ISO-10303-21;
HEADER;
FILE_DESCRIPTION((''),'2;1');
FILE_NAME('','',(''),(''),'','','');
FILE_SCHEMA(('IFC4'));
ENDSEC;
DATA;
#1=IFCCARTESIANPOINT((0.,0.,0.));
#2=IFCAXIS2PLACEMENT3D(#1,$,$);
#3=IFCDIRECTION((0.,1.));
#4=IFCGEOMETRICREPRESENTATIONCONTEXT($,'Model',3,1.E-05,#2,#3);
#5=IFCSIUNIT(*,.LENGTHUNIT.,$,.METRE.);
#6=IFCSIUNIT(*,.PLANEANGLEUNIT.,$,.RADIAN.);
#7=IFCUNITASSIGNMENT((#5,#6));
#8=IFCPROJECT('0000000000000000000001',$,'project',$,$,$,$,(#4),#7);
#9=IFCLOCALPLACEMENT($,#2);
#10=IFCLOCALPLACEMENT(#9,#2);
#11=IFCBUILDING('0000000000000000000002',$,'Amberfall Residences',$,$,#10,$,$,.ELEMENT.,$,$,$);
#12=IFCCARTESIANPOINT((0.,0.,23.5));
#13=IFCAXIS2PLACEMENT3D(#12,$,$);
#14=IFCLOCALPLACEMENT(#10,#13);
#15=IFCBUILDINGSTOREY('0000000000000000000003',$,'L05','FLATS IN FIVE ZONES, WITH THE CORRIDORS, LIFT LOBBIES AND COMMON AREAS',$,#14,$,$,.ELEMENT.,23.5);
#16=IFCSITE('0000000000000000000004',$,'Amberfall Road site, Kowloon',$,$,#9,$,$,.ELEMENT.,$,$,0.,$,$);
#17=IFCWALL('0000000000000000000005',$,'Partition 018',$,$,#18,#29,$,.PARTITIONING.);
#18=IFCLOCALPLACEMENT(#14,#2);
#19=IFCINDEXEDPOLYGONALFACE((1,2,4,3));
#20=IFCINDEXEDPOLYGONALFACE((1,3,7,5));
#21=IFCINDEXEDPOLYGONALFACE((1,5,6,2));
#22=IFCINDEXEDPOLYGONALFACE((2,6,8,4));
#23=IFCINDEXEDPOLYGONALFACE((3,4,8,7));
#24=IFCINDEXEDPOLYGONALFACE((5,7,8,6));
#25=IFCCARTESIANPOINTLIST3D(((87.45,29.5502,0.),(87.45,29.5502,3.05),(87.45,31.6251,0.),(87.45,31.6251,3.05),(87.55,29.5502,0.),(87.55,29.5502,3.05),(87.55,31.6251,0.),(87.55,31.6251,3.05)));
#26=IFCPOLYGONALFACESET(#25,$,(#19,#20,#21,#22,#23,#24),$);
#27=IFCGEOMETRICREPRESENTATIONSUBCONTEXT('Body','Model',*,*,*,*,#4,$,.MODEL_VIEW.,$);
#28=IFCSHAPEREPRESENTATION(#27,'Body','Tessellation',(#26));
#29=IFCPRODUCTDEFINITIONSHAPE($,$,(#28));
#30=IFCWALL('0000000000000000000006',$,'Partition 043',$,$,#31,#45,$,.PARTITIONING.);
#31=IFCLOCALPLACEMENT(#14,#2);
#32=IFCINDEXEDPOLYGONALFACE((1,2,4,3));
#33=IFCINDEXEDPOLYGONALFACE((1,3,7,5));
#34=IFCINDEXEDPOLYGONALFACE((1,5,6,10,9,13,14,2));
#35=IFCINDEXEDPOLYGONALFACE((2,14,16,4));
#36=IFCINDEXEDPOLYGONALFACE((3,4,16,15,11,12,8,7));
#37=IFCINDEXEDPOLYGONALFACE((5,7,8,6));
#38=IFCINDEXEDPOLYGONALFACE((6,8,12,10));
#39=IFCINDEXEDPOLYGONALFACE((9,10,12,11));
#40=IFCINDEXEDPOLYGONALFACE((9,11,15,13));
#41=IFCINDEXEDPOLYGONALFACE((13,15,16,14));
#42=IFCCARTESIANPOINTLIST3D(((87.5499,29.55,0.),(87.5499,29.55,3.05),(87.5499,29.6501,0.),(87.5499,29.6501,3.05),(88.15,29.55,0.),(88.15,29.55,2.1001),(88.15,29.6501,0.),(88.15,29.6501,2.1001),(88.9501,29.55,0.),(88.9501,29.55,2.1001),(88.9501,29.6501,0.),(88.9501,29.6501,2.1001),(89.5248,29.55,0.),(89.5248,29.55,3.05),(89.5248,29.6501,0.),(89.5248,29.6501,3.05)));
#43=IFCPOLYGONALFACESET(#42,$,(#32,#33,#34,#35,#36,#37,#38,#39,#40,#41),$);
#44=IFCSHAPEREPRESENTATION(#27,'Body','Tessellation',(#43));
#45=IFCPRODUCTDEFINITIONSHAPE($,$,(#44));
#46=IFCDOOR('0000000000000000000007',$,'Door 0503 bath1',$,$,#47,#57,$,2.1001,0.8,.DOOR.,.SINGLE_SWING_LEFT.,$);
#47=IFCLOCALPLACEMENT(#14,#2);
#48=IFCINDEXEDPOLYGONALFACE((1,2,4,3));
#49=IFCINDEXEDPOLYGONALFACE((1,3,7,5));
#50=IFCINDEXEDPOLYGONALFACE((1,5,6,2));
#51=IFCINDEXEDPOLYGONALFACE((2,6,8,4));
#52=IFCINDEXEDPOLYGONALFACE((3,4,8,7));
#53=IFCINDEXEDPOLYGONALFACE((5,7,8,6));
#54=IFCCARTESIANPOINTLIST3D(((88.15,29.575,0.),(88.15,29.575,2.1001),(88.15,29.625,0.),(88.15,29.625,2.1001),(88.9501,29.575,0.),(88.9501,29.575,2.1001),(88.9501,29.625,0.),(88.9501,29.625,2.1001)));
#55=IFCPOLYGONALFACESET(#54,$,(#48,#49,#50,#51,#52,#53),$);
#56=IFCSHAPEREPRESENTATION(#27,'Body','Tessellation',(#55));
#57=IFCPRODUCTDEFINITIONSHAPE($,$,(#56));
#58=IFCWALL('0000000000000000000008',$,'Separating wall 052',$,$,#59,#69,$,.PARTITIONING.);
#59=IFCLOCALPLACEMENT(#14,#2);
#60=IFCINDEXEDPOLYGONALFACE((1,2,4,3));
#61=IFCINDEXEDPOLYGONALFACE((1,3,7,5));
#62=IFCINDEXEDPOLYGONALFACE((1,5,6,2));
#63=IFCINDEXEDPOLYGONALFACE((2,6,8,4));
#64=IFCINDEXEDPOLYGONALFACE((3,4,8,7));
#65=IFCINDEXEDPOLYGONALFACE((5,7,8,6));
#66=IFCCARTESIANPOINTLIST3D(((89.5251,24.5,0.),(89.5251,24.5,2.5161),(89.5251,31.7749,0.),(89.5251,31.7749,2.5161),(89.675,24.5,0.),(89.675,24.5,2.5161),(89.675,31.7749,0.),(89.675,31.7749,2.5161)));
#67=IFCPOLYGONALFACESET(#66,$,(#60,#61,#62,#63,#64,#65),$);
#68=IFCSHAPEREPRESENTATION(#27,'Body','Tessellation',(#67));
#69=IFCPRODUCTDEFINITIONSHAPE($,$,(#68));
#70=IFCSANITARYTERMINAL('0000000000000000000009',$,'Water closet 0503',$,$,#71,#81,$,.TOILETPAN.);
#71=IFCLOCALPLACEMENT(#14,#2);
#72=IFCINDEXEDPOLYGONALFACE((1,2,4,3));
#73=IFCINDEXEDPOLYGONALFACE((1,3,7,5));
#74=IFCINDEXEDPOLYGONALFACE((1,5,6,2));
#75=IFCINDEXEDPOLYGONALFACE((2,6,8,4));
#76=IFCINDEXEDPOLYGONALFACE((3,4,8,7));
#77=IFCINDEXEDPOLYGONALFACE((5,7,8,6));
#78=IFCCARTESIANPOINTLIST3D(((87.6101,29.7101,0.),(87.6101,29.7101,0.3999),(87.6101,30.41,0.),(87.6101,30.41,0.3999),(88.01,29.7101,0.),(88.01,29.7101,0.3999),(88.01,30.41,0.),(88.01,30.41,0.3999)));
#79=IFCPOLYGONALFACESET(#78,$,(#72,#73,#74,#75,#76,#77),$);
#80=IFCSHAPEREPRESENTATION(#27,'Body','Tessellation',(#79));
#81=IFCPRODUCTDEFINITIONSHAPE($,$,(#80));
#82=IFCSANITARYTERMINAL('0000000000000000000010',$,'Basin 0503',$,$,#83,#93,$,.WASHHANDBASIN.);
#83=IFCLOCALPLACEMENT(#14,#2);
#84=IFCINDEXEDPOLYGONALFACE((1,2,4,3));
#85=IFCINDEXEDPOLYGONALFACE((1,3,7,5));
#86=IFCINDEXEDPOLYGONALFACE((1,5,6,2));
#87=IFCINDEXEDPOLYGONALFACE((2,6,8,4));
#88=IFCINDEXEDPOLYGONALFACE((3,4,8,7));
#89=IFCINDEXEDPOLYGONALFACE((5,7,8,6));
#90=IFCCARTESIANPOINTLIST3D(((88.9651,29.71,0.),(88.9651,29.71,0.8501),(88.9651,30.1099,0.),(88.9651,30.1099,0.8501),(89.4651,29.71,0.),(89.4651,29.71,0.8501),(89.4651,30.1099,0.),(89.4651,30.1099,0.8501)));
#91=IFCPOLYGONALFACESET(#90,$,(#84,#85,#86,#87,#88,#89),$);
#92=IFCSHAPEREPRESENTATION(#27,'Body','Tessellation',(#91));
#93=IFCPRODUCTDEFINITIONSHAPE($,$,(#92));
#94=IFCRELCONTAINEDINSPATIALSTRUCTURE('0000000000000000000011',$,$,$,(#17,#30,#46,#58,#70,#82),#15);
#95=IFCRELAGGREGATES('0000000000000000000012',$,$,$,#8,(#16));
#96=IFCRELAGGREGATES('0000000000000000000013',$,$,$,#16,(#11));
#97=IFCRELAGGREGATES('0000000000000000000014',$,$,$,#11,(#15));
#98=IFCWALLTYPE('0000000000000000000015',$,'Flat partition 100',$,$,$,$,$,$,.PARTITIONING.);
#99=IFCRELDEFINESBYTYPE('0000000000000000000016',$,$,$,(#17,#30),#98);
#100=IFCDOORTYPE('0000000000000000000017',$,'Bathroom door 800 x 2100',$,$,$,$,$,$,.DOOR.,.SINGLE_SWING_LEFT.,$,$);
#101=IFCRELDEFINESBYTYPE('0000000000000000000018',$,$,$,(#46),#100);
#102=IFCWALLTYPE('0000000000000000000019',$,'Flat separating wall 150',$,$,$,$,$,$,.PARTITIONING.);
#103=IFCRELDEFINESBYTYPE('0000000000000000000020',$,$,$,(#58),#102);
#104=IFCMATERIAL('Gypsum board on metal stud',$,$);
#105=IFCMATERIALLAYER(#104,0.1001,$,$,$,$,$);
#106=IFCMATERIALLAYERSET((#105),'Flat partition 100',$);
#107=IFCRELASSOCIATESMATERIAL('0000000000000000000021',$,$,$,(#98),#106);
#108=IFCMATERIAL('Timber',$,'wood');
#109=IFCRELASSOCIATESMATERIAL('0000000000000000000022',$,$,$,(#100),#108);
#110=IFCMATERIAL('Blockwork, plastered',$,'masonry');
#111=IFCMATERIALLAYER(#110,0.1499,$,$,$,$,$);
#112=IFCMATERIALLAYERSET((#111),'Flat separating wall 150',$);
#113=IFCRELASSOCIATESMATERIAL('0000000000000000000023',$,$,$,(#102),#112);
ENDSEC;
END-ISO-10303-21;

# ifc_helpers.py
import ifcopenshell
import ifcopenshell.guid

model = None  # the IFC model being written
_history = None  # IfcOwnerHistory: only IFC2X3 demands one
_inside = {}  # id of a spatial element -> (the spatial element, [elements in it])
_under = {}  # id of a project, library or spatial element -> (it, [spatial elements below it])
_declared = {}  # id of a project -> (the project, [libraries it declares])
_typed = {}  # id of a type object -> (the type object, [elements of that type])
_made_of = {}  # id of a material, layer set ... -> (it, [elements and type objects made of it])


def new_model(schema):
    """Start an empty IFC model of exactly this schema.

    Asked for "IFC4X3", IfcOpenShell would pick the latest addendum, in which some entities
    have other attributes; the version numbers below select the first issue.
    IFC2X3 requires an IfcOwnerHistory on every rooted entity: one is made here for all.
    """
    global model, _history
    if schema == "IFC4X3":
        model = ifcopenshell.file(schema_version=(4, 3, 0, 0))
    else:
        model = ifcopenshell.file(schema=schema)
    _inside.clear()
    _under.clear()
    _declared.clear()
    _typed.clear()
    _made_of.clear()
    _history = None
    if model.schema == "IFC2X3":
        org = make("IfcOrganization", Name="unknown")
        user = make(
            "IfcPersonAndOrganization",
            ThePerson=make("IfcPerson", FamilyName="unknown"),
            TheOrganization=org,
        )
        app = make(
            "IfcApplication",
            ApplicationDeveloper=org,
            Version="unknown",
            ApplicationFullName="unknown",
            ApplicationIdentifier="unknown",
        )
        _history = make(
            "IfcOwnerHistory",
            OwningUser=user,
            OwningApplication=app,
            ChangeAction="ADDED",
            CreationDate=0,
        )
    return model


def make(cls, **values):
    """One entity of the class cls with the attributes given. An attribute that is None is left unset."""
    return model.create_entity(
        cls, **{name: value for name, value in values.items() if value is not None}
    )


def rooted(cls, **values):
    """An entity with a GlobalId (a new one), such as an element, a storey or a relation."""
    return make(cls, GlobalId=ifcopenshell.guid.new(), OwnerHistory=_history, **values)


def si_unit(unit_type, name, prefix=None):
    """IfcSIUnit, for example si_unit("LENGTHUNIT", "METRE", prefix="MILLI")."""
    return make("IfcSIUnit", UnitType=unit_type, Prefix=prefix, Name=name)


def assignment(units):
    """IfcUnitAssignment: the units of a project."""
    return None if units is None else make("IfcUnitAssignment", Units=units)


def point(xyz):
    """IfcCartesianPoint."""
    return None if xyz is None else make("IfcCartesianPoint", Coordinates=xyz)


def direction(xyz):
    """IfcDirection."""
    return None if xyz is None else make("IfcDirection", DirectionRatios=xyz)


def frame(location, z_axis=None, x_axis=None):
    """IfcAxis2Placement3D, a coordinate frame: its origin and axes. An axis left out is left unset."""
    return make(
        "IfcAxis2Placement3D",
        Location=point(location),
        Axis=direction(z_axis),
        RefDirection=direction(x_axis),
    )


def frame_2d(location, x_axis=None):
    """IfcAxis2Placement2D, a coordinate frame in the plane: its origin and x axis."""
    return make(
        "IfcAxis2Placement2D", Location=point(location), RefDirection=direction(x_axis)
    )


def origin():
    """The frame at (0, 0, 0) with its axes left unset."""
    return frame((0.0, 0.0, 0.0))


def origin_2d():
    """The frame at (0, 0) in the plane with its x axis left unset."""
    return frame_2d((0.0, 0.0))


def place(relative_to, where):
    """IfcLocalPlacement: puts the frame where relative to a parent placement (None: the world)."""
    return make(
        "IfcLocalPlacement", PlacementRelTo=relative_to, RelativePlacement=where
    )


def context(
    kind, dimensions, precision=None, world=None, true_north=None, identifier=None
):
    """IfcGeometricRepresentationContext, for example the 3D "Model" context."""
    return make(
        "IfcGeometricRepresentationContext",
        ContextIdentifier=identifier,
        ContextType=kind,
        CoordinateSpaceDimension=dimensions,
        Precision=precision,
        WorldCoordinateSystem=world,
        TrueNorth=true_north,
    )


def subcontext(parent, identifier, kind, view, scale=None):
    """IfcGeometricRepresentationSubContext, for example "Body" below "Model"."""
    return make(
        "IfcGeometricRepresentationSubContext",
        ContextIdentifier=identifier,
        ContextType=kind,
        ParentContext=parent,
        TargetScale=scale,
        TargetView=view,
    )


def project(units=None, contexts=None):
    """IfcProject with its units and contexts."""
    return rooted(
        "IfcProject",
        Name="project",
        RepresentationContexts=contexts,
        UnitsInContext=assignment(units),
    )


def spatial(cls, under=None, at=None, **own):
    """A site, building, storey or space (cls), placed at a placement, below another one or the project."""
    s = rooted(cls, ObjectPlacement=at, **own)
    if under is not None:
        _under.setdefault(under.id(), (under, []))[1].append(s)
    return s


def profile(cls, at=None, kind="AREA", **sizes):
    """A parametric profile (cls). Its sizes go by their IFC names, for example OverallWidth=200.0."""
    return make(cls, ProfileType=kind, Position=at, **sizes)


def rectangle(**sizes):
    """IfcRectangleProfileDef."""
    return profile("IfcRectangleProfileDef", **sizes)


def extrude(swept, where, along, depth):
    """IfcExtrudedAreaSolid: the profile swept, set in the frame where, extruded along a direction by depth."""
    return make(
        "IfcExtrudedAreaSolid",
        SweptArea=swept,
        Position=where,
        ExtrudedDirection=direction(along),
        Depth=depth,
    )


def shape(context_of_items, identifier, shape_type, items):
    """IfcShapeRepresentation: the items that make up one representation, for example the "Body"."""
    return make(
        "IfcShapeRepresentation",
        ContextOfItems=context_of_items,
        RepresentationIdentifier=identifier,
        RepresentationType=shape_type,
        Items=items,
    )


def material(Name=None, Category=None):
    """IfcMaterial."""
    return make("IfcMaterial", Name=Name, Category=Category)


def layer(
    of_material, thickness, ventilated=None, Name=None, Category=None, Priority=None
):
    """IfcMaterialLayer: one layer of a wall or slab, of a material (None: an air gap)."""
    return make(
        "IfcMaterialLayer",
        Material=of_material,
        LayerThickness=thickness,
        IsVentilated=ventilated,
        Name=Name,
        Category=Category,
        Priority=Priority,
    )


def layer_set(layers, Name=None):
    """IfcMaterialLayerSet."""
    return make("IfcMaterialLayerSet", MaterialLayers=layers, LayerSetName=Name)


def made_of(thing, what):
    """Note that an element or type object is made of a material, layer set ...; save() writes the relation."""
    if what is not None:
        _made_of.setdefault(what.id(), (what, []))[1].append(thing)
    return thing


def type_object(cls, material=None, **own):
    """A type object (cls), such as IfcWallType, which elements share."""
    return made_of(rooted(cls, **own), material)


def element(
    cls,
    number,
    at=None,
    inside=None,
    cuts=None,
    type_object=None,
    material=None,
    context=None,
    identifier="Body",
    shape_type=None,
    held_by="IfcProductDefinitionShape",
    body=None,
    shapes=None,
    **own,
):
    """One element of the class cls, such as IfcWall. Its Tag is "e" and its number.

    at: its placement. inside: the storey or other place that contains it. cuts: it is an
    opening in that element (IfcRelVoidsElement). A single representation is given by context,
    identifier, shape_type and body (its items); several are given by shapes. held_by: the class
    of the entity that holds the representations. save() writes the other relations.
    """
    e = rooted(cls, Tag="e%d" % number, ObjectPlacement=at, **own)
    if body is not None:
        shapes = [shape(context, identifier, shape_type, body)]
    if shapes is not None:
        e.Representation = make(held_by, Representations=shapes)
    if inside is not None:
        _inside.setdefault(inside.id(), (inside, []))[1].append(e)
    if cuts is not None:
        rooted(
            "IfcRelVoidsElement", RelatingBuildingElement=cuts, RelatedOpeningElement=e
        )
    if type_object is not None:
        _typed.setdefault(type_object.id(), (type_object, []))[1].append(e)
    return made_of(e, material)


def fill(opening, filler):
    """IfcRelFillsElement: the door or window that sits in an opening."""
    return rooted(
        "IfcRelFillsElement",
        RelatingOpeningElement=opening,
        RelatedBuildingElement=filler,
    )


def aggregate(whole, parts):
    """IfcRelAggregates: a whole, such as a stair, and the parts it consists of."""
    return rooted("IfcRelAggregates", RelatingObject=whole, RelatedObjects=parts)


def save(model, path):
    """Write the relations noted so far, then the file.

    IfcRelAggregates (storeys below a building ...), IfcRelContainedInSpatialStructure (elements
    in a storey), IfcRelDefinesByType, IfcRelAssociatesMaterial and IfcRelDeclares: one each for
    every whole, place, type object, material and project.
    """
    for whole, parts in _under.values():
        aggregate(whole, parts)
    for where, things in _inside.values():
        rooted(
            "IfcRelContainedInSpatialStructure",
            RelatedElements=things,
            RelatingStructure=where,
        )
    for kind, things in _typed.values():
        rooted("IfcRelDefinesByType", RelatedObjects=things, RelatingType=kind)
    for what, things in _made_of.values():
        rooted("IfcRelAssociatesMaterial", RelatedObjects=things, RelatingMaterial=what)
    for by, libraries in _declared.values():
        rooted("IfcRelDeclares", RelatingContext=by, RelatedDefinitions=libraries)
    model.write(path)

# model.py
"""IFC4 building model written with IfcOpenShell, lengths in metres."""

from ifc_helpers import new_model, si_unit, direction, frame, frame_2d, origin, origin_2d, place, context, subcontext, project, spatial, rectangle, extrude, material, layer, layer_set, type_object, element, fill, save


model = new_model("IFC4")

# Units and contexts
model_context = context("Model", 3, precision=1e-05, world=origin(), true_north=direction((0.0, 1.0)))
body_context = subcontext(model_context, "Body", "Model", "MODEL_VIEW")
ifc_project = project(units=[si_unit("LENGTHUNIT", "METRE"), si_unit("PLANEANGLEUNIT", "RADIAN")], contexts=[model_context])

# Site, building, storey
site_placement = place(None, origin())
site = spatial("IfcSite", under=ifc_project, at=site_placement, Name="Amberfall Road site, Kowloon", CompositionType="ELEMENT", RefElevation=0.0)
building_placement = place(site_placement, origin())
building = spatial("IfcBuilding", under=site, at=building_placement, Name="Amberfall Residences", CompositionType="ELEMENT")
storey_placement = place(building_placement, frame((0.0, 0.0, 23.5)))
storey = spatial("IfcBuildingStorey", under=building, at=storey_placement, Name="L05", Description="FLATS IN FIVE ZONES, WITH THE CORRIDORS, LIFT LOBBIES AND COMMON AREAS", CompositionType="ELEMENT", Elevation=23.5)

# Wall
ifc_material_1 = material(Name="Gypsum board on metal stud")
ifc_layer_1 = layer(ifc_material_1, 0.1001)
ifc_layer_set_1 = layer_set([ifc_layer_1], Name="Flat partition 100")
wall_type_1 = type_object("IfcWallType", Name="Flat partition 100", PredefinedType="PARTITIONING", material=ifc_layer_set_1)
for number, where, z_axis, x_axis, name in (
    (1, (87.5, 29.55, 0.0), (0.0, 0.0, 1.0), (0.0, 1.0, 0.0), "Partition 018"),
):
    element("IfcWall", number, at=place(storey_placement, frame(where, z_axis=z_axis, x_axis=x_axis)), inside=storey, type_object=wall_type_1, Name=name, PredefinedType="PARTITIONING", context=body_context, shape_type="SweptSolid", body=[
        extrude(rectangle(XDim=2.075, YDim=0.1001, at=frame_2d((1.0376, 0.0))), origin(), (0.0, 0.0, 1.0), 3.05),
    ])

# Wall, opening, door
wall_1_placement = place(storey_placement, frame((87.55, 29.6001, 0.0), z_axis=(0.0, 0.0, 1.0), x_axis=(1.0, 0.0, 0.0)))
wall_1 = element("IfcWall", 2, at=wall_1_placement, inside=storey, type_object=wall_type_1, Name="Partition 043", PredefinedType="PARTITIONING", context=body_context, shape_type="SweptSolid", body=[
    extrude(rectangle(XDim=1.9749, YDim=0.1001, at=frame_2d((0.9873, 0.0))), origin(), (0.0, 0.0, 1.0), 3.05),
])
opening_1_placement = place(wall_1_placement, frame((0.6001, 0.0, 0.0)))
opening_1 = element("IfcOpeningElement", 3, at=opening_1_placement, cuts=wall_1, PredefinedType="OPENING", context=body_context, shape_type="SweptSolid", body=[
    extrude(rectangle(XDim=0.8, YDim=2.1001, at=frame_2d((0.3999, 1.05))), frame((0.0, 0.0601, 0.0), z_axis=(0.0, -1.0, 0.0), x_axis=(1.0, 0.0, 0.0)), (0.0, 0.0, 1.0), 0.1201),
])
ifc_material_2 = material(Name="Timber", Category="wood")
door_type = type_object("IfcDoorType", Name="Bathroom door 800 x 2100", OperationType="SINGLE_SWING_LEFT", PredefinedType="DOOR", material=ifc_material_2)
door_placement = place(opening_1_placement, origin())
door = element("IfcDoor", 4, at=door_placement, inside=storey, type_object=door_type, Name="Door 0503 bath1", OperationType="SINGLE_SWING_LEFT", OverallHeight=2.1001, OverallWidth=0.8, PredefinedType="DOOR", context=body_context, shape_type="SweptSolid", body=[
    extrude(rectangle(XDim=0.8, YDim=2.1001, at=frame_2d((0.3999, 1.05))), frame((0.0, 0.0249, 0.0), z_axis=(0.0, -1.0, 0.0), x_axis=(1.0, 0.0, 0.0)), (0.0, 0.0, 1.0), 0.05),
])
fill(opening_1, door)

# Wall
ifc_material_3 = material(Name="Blockwork, plastered", Category="masonry")
ifc_layer_2 = layer(ifc_material_3, 0.1499)
ifc_layer_set_2 = layer_set([ifc_layer_2], Name="Flat separating wall 150")
wall_type_2 = type_object("IfcWallType", Name="Flat separating wall 150", PredefinedType="PARTITIONING", material=ifc_layer_set_2)
wall_2_placement = place(storey_placement, frame((89.6001, 24.5, 0.0), z_axis=(0.0, 0.0, 1.0), x_axis=(0.0, 1.0, 0.0)))
element("IfcWall", 5, at=wall_2_placement, inside=storey, type_object=wall_type_2, Name="Separating wall 052", PredefinedType="PARTITIONING", context=body_context, shape_type="SweptSolid", body=[
    extrude(rectangle(XDim=7.2749, YDim=0.1499, at=frame_2d((3.6375, 0.0))), origin(), (0.0, 0.0, 1.0), 2.5161),
])

# Sanitary terminals
sanitary_terminal_1_placement = place(storey_placement, frame((87.8101, 30.0601, 0.0), z_axis=(0.0, 0.0, 1.0), x_axis=(1.0, 0.0, 0.0)))
element("IfcSanitaryTerminal", 6, at=sanitary_terminal_1_placement, inside=storey, Name="Water closet 0503", PredefinedType="TOILETPAN", context=body_context, shape_type="SweptSolid", body=[
    extrude(rectangle(XDim=0.3999, YDim=0.7, at=origin_2d()), origin(), (0.0, 0.0, 1.0), 0.3999),
])
sanitary_terminal_2_placement = place(storey_placement, frame((89.2151, 29.9099, 0.0), z_axis=(0.0, 0.0, 1.0), x_axis=(1.0, 0.0, 0.0)))
element("IfcSanitaryTerminal", 7, at=sanitary_terminal_2_placement, inside=storey, Name="Basin 0503", PredefinedType="WASHHANDBASIN", context=body_context, shape_type="SweptSolid", body=[
    extrude(rectangle(XDim=0.5, YDim=0.3999, at=origin_2d()), origin(), (0.0, 0.0, 1.0), 0.8501),
])

save(model, "model.ifc")
